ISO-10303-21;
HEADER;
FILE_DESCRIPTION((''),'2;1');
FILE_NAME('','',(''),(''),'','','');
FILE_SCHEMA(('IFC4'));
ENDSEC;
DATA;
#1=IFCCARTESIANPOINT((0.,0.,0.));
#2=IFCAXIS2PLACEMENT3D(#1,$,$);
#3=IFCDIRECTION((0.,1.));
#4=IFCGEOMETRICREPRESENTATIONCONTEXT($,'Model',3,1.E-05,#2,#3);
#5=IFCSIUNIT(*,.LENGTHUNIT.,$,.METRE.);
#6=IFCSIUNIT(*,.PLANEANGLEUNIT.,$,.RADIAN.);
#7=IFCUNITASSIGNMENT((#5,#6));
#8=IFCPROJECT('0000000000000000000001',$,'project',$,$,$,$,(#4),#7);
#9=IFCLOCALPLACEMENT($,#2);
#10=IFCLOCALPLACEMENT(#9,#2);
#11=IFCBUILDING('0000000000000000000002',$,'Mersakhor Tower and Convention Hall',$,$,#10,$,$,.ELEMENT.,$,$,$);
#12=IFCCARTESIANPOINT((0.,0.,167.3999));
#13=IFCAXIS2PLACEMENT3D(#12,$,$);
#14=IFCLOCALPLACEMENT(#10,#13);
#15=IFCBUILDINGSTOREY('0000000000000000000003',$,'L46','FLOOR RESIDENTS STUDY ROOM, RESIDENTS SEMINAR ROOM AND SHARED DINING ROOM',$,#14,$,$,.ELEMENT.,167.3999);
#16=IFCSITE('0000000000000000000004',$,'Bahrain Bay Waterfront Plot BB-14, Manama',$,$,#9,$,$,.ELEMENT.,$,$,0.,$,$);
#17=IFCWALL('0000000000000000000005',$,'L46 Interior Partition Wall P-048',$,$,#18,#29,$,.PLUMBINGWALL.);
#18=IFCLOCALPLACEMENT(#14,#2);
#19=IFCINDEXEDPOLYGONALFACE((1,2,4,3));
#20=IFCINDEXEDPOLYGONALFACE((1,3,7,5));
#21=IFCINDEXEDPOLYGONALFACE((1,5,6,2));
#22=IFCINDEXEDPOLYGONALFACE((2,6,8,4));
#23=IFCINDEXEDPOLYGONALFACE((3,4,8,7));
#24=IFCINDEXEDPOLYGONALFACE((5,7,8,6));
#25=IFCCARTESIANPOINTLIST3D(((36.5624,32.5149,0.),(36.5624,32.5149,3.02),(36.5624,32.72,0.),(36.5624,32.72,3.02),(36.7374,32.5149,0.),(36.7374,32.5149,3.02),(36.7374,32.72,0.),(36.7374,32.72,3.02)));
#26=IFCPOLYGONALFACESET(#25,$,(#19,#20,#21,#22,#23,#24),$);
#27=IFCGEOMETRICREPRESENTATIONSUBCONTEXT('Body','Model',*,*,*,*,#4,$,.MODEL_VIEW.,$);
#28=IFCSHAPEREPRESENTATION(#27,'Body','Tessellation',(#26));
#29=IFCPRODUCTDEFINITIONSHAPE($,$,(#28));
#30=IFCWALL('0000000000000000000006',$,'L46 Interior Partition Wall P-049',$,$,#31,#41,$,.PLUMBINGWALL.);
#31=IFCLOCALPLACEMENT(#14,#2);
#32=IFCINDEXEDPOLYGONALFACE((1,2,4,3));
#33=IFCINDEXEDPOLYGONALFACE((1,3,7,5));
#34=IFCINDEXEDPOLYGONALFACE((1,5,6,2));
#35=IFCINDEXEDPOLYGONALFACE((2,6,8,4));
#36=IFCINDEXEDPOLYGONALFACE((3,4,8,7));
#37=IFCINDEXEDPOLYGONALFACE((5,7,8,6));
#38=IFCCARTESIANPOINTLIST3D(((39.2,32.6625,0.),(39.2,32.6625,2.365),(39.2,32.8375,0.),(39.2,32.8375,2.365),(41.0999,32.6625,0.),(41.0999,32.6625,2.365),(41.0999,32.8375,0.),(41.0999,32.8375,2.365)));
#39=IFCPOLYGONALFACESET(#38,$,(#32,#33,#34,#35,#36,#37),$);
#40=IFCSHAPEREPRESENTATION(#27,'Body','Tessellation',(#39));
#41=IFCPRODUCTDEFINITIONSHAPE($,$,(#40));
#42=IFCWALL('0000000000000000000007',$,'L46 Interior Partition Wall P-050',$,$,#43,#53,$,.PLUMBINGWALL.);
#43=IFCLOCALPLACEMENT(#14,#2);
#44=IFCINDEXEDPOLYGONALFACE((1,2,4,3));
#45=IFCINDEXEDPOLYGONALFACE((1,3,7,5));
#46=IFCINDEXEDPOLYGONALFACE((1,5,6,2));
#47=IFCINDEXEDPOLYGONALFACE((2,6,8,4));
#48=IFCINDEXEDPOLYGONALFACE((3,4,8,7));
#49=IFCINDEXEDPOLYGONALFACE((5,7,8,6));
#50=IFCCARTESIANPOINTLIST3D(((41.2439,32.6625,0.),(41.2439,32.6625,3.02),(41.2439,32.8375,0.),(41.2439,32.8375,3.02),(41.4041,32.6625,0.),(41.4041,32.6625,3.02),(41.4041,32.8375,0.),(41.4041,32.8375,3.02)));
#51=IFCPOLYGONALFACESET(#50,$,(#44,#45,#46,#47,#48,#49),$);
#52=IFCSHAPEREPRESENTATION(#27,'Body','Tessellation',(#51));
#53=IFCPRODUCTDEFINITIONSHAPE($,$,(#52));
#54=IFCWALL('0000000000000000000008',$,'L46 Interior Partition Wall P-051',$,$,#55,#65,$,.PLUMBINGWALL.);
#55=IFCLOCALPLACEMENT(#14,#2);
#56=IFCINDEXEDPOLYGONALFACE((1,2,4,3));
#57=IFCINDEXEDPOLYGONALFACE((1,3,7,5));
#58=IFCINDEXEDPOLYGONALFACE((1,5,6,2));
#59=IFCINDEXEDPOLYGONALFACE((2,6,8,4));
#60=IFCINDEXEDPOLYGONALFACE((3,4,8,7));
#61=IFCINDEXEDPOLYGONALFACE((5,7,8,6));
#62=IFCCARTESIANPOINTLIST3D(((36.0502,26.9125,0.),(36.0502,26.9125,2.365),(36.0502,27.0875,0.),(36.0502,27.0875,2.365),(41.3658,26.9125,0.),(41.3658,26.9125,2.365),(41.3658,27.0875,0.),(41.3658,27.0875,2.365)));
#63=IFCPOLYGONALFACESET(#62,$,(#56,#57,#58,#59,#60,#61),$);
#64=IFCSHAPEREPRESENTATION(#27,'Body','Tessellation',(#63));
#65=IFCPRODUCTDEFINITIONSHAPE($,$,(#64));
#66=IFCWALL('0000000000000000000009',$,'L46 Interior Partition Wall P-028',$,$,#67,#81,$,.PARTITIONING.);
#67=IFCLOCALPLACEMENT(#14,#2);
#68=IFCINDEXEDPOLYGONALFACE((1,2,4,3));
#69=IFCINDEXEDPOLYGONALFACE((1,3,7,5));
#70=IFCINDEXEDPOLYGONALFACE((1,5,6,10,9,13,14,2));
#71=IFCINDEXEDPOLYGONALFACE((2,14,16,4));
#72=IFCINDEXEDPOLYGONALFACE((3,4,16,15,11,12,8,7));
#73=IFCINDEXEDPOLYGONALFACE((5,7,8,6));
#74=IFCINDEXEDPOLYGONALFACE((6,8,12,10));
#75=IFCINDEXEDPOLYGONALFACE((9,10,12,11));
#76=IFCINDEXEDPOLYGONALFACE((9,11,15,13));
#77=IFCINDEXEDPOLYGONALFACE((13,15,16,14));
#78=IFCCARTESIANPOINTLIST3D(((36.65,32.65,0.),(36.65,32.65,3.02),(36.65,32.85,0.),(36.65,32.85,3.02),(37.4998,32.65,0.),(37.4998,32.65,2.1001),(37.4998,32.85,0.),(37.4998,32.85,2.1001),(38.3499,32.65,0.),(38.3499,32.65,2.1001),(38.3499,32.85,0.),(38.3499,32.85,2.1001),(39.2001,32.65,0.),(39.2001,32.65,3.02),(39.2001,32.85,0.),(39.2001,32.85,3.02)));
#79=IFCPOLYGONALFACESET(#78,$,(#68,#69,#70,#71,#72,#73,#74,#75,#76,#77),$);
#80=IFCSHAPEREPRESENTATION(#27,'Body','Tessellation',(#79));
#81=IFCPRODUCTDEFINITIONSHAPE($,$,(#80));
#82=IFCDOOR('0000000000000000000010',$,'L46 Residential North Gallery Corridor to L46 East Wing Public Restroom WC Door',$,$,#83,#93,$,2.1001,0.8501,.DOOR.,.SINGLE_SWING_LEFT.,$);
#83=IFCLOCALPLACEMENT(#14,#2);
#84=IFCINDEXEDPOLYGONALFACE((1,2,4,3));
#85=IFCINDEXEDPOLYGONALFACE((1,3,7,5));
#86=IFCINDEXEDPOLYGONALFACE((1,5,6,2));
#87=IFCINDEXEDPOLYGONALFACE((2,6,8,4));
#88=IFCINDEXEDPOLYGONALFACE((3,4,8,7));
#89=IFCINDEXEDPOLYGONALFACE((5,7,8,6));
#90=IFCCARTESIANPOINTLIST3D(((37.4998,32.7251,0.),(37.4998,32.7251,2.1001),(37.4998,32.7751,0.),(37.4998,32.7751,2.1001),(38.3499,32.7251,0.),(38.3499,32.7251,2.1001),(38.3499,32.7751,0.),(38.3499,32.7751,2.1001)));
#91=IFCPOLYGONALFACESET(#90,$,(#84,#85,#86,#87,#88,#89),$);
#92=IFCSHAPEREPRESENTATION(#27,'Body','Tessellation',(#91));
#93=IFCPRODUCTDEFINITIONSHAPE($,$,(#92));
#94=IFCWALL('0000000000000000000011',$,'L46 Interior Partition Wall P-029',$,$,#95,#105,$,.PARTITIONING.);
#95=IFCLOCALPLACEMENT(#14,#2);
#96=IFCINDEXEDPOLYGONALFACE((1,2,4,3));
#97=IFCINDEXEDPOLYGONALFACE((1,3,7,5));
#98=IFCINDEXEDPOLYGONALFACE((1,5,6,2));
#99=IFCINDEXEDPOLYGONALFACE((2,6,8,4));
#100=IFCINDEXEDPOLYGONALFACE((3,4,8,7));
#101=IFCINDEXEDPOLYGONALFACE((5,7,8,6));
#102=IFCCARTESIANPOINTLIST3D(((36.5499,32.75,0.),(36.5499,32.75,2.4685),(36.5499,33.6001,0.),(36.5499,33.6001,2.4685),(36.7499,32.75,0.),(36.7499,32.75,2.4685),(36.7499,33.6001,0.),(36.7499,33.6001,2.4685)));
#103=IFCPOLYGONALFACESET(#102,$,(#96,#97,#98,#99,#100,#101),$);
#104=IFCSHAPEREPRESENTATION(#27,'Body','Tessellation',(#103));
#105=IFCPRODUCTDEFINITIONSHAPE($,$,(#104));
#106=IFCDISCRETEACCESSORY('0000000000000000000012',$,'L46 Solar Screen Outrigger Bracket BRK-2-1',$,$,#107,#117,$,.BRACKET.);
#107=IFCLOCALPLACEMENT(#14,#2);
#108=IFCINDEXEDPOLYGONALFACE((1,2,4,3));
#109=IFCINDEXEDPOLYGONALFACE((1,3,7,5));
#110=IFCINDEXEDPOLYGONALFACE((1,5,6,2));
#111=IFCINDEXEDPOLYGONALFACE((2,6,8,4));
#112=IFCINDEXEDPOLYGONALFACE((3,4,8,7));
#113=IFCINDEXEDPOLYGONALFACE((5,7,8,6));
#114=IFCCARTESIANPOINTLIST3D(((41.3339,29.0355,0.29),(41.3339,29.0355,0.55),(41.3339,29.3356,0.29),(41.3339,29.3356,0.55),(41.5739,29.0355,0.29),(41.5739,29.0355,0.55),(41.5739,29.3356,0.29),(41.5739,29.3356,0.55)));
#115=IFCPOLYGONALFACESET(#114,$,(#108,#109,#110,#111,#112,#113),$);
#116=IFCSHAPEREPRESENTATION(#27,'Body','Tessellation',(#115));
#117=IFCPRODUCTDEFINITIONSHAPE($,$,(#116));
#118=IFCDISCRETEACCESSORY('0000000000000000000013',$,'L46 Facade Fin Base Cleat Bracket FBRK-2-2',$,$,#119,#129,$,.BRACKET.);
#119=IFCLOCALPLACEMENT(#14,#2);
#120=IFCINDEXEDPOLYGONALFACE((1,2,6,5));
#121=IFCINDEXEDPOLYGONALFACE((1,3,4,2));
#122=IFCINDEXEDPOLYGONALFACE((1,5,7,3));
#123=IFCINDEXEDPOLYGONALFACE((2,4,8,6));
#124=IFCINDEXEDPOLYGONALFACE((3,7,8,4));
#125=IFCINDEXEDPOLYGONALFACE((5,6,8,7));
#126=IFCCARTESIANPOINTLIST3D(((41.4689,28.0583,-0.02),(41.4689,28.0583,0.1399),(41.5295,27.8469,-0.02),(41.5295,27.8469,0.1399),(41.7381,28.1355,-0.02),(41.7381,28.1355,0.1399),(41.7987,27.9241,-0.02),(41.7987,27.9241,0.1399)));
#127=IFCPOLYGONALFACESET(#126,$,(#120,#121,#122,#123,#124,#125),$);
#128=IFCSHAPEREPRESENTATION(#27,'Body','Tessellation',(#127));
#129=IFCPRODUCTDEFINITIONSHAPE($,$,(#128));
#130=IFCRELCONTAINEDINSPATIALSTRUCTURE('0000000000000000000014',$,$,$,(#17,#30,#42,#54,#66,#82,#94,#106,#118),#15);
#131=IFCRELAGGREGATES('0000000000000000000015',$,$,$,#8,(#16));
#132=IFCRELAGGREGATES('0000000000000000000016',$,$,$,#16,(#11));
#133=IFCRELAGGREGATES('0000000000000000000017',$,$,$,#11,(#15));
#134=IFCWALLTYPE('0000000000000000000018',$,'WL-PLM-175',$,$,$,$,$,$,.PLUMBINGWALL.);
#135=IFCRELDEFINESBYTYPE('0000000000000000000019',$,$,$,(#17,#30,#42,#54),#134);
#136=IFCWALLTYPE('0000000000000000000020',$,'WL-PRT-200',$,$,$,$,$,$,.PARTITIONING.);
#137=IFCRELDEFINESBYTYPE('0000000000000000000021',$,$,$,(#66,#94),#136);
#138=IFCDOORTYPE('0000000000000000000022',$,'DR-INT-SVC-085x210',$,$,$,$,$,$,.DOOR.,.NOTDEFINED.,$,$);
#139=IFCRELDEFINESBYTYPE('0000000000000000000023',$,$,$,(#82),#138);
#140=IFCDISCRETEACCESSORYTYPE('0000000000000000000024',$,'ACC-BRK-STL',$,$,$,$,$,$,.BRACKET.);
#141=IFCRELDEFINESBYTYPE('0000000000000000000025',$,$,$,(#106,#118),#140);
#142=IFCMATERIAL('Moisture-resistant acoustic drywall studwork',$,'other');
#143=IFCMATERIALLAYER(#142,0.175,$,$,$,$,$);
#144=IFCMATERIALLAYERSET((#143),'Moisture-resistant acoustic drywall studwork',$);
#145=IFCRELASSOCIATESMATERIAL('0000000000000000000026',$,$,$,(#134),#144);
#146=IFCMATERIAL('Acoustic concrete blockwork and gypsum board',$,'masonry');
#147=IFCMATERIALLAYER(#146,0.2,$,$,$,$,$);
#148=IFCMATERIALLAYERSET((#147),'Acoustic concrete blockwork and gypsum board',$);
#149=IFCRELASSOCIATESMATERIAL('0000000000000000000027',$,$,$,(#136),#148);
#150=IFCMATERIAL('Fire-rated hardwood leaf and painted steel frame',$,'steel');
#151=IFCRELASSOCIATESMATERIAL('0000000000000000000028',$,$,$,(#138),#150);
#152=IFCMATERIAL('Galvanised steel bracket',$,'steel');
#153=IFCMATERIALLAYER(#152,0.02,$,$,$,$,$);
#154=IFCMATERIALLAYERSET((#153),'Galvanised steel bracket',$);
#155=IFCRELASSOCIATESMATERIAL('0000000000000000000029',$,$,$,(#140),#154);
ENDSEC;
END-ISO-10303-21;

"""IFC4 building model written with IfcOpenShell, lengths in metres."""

from ifc_helpers import new_model, si_unit, direction, frame, frame_2d, origin, origin_2d, place, context, subcontext, project, spatial, rectangle, extrude, material, layer, layer_set, type_object, element, fill, save


model = new_model("IFC4")

# Units and contexts
model_context = context("Model", 3, precision=1e-05, world=origin(), true_north=direction((0.0, 1.0)))
body_context = subcontext(model_context, "Body", "Model", "MODEL_VIEW")
ifc_project = project(units=[si_unit("LENGTHUNIT", "METRE"), si_unit("PLANEANGLEUNIT", "RADIAN")], contexts=[model_context])

# Site, building, storey
site_placement = place(None, origin())
site = spatial("IfcSite", under=ifc_project, at=site_placement, Name="Bahrain Bay Waterfront Plot BB-14, Manama", CompositionType="ELEMENT", RefElevation=0.0)
building_placement = place(site_placement, origin())
building = spatial("IfcBuilding", under=site, at=building_placement, Name="Mersakhor Tower and Convention Hall", CompositionType="ELEMENT")
storey_placement = place(building_placement, frame((0.0, 0.0, 167.3999)))
storey = spatial("IfcBuildingStorey", under=building, at=storey_placement, Name="L46", Description="FLOOR RESIDENTS STUDY ROOM, RESIDENTS SEMINAR ROOM AND SHARED DINING ROOM", CompositionType="ELEMENT", Elevation=167.3999)

# Walls
ifc_material_1 = material(Name="Moisture-resistant acoustic drywall studwork", Category="other")
ifc_layer_1 = layer(ifc_material_1, 0.175)
ifc_layer_set_1 = layer_set([ifc_layer_1], Name="Moisture-resistant acoustic drywall studwork")
wall_type_1 = type_object("IfcWallType", Name="WL-PLM-175", PredefinedType="PLUMBINGWALL", material=ifc_layer_set_1)
wall_1_placement = place(storey_placement, frame((36.6499, 32.5149, 0.0), z_axis=(0.0, 0.0, 1.0), x_axis=(0.0, 1.0, 0.0)))
element("IfcWall", 1, at=wall_1_placement, inside=storey, type_object=wall_type_1, Name="L46 Interior Partition Wall P-048", PredefinedType="PLUMBINGWALL", context=body_context, shape_type="SweptSolid", body=[
    extrude(rectangle(XDim=0.2051, YDim=0.175, at=frame_2d((0.1025, 0.0))), origin(), (0.0, 0.0, 1.0), 3.02),
])
wall_2_placement = place(storey_placement, frame((39.2, 32.75, 0.0), z_axis=(0.0, 0.0, 1.0), x_axis=(1.0, 0.0, 0.0)))
element("IfcWall", 2, at=wall_2_placement, inside=storey, type_object=wall_type_1, Name="L46 Interior Partition Wall P-049", PredefinedType="PLUMBINGWALL", context=body_context, shape_type="SweptSolid", body=[
    extrude(rectangle(XDim=1.8999, YDim=0.175, at=frame_2d((0.95, 0.0))), origin(), (0.0, 0.0, 1.0), 2.365),
])
wall_3_placement = place(storey_placement, frame((41.2439, 32.75, 0.0), z_axis=(0.0, 0.0, 1.0), x_axis=(1.0, 0.0, 0.0)))
element("IfcWall", 3, at=wall_3_placement, inside=storey, type_object=wall_type_1, Name="L46 Interior Partition Wall P-050", PredefinedType="PLUMBINGWALL", context=body_context, shape_type="SweptSolid", body=[
    extrude(rectangle(XDim=0.1602, YDim=0.175, at=frame_2d((0.0801, 0.0))), origin(), (0.0, 0.0, 1.0), 3.02),
])
wall_4_placement = place(storey_placement, frame((41.3657, 27.0, 0.0), z_axis=(0.0, 0.0, 1.0), x_axis=(-1.0, 0.0, 0.0)))
element("IfcWall", 4, at=wall_4_placement, inside=storey, type_object=wall_type_1, Name="L46 Interior Partition Wall P-051", PredefinedType="PLUMBINGWALL", context=body_context, shape_type="SweptSolid", body=[
    extrude(rectangle(XDim=5.3157, YDim=0.175, at=frame_2d((2.6577, 0.0))), origin(), (0.0, 0.0, 1.0), 2.365),
])

# Wall, opening, door
ifc_material_2 = material(Name="Acoustic concrete blockwork and gypsum board", Category="masonry")
ifc_layer_2 = layer(ifc_material_2, 0.2)
ifc_layer_set_2 = layer_set([ifc_layer_2], Name="Acoustic concrete blockwork and gypsum board")
wall_type_2 = type_object("IfcWallType", Name="WL-PRT-200", PredefinedType="PARTITIONING", material=ifc_layer_set_2)
wall_5_placement = place(storey_placement, frame((39.2, 32.75, 0.0), z_axis=(0.0, 0.0, 1.0), x_axis=(-1.0, 0.0, 0.0)))
wall_5 = element("IfcWall", 5, at=wall_5_placement, inside=storey, type_object=wall_type_2, Name="L46 Interior Partition Wall P-028", PredefinedType="PARTITIONING", context=body_context, shape_type="SweptSolid", body=[
    extrude(rectangle(XDim=2.55, YDim=0.2, at=frame_2d((1.2749, 0.0))), origin(), (0.0, 0.0, 1.0), 3.02),
])
opening_placement = place(wall_5_placement, frame((0.8501, 0.0, 0.0)))
opening = element("IfcOpeningElement", 6, at=opening_placement, cuts=wall_5, PredefinedType="OPENING", context=body_context, shape_type="SweptSolid", body=[
    extrude(rectangle(XDim=0.8501, YDim=2.1001, at=frame_2d((0.425, 1.05))), frame((0.0, 0.1099, 0.0), z_axis=(0.0, -1.0, 0.0), x_axis=(1.0, 0.0, 0.0)), (0.0, 0.0, 1.0), 0.22),
])
ifc_material_3 = material(Name="Fire-rated hardwood leaf and painted steel frame", Category="steel")
door_type = type_object("IfcDoorType", Name="DR-INT-SVC-085x210", OperationType="NOTDEFINED", PredefinedType="DOOR", material=ifc_material_3)
door_placement = place(opening_placement, origin())
door = element("IfcDoor", 7, at=door_placement, inside=storey, type_object=door_type, Name="L46 Residential North Gallery Corridor to L46 East Wing Public Restroom WC Door", OperationType="SINGLE_SWING_LEFT", OverallHeight=2.1001, OverallWidth=0.8501, PredefinedType="DOOR", context=body_context, shape_type="SweptSolid", body=[
    extrude(rectangle(XDim=0.8501, YDim=2.1001, at=frame_2d((0.425, 1.05))), frame((0.0, 0.0249, 0.0), z_axis=(0.0, -1.0, 0.0), x_axis=(1.0, 0.0, 0.0)), (0.0, 0.0, 1.0), 0.05),
])
fill(opening, door)

# Wall
wall_6_placement = place(storey_placement, frame((36.6499, 32.75, 0.0), z_axis=(0.0, 0.0, 1.0), x_axis=(0.0, 1.0, 0.0)))
element("IfcWall", 8, at=wall_6_placement, inside=storey, type_object=wall_type_2, Name="L46 Interior Partition Wall P-029", PredefinedType="PARTITIONING", context=body_context, shape_type="SweptSolid", body=[
    extrude(rectangle(XDim=0.8501, YDim=0.2, at=frame_2d((0.425, 0.0))), origin(), (0.0, 0.0, 1.0), 2.4685),
])

# Discrete accessories
ifc_material_4 = material(Name="Galvanised steel bracket", Category="steel")
ifc_layer_3 = layer(ifc_material_4, 0.02)
ifc_layer_set_3 = layer_set([ifc_layer_3], Name="Galvanised steel bracket")
discrete_accessory_type = type_object("IfcDiscreteAccessoryType", Name="ACC-BRK-STL", PredefinedType="BRACKET", material=ifc_layer_set_3)
discrete_accessory_1_placement = place(storey_placement, frame((41.4539, 29.1855, 0.29), z_axis=(0.0, 0.0, 1.0), x_axis=(0.0, -1.0, 0.0)))
element("IfcDiscreteAccessory", 9, at=discrete_accessory_1_placement, inside=storey, type_object=discrete_accessory_type, Name="L46 Solar Screen Outrigger Bracket BRK-2-1", PredefinedType="BRACKET", context=body_context, shape_type="SweptSolid", body=[
    extrude(rectangle(XDim=0.3, YDim=0.24, at=origin_2d()), origin(), (0.0, 0.0, 1.0), 0.26),
])
discrete_accessory_2_placement = place(storey_placement, frame((41.6338, 27.9912, -0.02), z_axis=(0.0, 0.0, 1.0), x_axis=(0.961262, 0.275637, 0.0)))
element("IfcDiscreteAccessory", 10, at=discrete_accessory_2_placement, inside=storey, type_object=discrete_accessory_type, Name="L46 Facade Fin Base Cleat Bracket FBRK-2-2", PredefinedType="BRACKET", context=body_context, shape_type="SweptSolid", body=[
    extrude(rectangle(XDim=0.28, YDim=0.22, at=origin_2d()), origin(), (0.0, 0.0, 1.0), 0.1599),
])

save(model, "model.ifc")
